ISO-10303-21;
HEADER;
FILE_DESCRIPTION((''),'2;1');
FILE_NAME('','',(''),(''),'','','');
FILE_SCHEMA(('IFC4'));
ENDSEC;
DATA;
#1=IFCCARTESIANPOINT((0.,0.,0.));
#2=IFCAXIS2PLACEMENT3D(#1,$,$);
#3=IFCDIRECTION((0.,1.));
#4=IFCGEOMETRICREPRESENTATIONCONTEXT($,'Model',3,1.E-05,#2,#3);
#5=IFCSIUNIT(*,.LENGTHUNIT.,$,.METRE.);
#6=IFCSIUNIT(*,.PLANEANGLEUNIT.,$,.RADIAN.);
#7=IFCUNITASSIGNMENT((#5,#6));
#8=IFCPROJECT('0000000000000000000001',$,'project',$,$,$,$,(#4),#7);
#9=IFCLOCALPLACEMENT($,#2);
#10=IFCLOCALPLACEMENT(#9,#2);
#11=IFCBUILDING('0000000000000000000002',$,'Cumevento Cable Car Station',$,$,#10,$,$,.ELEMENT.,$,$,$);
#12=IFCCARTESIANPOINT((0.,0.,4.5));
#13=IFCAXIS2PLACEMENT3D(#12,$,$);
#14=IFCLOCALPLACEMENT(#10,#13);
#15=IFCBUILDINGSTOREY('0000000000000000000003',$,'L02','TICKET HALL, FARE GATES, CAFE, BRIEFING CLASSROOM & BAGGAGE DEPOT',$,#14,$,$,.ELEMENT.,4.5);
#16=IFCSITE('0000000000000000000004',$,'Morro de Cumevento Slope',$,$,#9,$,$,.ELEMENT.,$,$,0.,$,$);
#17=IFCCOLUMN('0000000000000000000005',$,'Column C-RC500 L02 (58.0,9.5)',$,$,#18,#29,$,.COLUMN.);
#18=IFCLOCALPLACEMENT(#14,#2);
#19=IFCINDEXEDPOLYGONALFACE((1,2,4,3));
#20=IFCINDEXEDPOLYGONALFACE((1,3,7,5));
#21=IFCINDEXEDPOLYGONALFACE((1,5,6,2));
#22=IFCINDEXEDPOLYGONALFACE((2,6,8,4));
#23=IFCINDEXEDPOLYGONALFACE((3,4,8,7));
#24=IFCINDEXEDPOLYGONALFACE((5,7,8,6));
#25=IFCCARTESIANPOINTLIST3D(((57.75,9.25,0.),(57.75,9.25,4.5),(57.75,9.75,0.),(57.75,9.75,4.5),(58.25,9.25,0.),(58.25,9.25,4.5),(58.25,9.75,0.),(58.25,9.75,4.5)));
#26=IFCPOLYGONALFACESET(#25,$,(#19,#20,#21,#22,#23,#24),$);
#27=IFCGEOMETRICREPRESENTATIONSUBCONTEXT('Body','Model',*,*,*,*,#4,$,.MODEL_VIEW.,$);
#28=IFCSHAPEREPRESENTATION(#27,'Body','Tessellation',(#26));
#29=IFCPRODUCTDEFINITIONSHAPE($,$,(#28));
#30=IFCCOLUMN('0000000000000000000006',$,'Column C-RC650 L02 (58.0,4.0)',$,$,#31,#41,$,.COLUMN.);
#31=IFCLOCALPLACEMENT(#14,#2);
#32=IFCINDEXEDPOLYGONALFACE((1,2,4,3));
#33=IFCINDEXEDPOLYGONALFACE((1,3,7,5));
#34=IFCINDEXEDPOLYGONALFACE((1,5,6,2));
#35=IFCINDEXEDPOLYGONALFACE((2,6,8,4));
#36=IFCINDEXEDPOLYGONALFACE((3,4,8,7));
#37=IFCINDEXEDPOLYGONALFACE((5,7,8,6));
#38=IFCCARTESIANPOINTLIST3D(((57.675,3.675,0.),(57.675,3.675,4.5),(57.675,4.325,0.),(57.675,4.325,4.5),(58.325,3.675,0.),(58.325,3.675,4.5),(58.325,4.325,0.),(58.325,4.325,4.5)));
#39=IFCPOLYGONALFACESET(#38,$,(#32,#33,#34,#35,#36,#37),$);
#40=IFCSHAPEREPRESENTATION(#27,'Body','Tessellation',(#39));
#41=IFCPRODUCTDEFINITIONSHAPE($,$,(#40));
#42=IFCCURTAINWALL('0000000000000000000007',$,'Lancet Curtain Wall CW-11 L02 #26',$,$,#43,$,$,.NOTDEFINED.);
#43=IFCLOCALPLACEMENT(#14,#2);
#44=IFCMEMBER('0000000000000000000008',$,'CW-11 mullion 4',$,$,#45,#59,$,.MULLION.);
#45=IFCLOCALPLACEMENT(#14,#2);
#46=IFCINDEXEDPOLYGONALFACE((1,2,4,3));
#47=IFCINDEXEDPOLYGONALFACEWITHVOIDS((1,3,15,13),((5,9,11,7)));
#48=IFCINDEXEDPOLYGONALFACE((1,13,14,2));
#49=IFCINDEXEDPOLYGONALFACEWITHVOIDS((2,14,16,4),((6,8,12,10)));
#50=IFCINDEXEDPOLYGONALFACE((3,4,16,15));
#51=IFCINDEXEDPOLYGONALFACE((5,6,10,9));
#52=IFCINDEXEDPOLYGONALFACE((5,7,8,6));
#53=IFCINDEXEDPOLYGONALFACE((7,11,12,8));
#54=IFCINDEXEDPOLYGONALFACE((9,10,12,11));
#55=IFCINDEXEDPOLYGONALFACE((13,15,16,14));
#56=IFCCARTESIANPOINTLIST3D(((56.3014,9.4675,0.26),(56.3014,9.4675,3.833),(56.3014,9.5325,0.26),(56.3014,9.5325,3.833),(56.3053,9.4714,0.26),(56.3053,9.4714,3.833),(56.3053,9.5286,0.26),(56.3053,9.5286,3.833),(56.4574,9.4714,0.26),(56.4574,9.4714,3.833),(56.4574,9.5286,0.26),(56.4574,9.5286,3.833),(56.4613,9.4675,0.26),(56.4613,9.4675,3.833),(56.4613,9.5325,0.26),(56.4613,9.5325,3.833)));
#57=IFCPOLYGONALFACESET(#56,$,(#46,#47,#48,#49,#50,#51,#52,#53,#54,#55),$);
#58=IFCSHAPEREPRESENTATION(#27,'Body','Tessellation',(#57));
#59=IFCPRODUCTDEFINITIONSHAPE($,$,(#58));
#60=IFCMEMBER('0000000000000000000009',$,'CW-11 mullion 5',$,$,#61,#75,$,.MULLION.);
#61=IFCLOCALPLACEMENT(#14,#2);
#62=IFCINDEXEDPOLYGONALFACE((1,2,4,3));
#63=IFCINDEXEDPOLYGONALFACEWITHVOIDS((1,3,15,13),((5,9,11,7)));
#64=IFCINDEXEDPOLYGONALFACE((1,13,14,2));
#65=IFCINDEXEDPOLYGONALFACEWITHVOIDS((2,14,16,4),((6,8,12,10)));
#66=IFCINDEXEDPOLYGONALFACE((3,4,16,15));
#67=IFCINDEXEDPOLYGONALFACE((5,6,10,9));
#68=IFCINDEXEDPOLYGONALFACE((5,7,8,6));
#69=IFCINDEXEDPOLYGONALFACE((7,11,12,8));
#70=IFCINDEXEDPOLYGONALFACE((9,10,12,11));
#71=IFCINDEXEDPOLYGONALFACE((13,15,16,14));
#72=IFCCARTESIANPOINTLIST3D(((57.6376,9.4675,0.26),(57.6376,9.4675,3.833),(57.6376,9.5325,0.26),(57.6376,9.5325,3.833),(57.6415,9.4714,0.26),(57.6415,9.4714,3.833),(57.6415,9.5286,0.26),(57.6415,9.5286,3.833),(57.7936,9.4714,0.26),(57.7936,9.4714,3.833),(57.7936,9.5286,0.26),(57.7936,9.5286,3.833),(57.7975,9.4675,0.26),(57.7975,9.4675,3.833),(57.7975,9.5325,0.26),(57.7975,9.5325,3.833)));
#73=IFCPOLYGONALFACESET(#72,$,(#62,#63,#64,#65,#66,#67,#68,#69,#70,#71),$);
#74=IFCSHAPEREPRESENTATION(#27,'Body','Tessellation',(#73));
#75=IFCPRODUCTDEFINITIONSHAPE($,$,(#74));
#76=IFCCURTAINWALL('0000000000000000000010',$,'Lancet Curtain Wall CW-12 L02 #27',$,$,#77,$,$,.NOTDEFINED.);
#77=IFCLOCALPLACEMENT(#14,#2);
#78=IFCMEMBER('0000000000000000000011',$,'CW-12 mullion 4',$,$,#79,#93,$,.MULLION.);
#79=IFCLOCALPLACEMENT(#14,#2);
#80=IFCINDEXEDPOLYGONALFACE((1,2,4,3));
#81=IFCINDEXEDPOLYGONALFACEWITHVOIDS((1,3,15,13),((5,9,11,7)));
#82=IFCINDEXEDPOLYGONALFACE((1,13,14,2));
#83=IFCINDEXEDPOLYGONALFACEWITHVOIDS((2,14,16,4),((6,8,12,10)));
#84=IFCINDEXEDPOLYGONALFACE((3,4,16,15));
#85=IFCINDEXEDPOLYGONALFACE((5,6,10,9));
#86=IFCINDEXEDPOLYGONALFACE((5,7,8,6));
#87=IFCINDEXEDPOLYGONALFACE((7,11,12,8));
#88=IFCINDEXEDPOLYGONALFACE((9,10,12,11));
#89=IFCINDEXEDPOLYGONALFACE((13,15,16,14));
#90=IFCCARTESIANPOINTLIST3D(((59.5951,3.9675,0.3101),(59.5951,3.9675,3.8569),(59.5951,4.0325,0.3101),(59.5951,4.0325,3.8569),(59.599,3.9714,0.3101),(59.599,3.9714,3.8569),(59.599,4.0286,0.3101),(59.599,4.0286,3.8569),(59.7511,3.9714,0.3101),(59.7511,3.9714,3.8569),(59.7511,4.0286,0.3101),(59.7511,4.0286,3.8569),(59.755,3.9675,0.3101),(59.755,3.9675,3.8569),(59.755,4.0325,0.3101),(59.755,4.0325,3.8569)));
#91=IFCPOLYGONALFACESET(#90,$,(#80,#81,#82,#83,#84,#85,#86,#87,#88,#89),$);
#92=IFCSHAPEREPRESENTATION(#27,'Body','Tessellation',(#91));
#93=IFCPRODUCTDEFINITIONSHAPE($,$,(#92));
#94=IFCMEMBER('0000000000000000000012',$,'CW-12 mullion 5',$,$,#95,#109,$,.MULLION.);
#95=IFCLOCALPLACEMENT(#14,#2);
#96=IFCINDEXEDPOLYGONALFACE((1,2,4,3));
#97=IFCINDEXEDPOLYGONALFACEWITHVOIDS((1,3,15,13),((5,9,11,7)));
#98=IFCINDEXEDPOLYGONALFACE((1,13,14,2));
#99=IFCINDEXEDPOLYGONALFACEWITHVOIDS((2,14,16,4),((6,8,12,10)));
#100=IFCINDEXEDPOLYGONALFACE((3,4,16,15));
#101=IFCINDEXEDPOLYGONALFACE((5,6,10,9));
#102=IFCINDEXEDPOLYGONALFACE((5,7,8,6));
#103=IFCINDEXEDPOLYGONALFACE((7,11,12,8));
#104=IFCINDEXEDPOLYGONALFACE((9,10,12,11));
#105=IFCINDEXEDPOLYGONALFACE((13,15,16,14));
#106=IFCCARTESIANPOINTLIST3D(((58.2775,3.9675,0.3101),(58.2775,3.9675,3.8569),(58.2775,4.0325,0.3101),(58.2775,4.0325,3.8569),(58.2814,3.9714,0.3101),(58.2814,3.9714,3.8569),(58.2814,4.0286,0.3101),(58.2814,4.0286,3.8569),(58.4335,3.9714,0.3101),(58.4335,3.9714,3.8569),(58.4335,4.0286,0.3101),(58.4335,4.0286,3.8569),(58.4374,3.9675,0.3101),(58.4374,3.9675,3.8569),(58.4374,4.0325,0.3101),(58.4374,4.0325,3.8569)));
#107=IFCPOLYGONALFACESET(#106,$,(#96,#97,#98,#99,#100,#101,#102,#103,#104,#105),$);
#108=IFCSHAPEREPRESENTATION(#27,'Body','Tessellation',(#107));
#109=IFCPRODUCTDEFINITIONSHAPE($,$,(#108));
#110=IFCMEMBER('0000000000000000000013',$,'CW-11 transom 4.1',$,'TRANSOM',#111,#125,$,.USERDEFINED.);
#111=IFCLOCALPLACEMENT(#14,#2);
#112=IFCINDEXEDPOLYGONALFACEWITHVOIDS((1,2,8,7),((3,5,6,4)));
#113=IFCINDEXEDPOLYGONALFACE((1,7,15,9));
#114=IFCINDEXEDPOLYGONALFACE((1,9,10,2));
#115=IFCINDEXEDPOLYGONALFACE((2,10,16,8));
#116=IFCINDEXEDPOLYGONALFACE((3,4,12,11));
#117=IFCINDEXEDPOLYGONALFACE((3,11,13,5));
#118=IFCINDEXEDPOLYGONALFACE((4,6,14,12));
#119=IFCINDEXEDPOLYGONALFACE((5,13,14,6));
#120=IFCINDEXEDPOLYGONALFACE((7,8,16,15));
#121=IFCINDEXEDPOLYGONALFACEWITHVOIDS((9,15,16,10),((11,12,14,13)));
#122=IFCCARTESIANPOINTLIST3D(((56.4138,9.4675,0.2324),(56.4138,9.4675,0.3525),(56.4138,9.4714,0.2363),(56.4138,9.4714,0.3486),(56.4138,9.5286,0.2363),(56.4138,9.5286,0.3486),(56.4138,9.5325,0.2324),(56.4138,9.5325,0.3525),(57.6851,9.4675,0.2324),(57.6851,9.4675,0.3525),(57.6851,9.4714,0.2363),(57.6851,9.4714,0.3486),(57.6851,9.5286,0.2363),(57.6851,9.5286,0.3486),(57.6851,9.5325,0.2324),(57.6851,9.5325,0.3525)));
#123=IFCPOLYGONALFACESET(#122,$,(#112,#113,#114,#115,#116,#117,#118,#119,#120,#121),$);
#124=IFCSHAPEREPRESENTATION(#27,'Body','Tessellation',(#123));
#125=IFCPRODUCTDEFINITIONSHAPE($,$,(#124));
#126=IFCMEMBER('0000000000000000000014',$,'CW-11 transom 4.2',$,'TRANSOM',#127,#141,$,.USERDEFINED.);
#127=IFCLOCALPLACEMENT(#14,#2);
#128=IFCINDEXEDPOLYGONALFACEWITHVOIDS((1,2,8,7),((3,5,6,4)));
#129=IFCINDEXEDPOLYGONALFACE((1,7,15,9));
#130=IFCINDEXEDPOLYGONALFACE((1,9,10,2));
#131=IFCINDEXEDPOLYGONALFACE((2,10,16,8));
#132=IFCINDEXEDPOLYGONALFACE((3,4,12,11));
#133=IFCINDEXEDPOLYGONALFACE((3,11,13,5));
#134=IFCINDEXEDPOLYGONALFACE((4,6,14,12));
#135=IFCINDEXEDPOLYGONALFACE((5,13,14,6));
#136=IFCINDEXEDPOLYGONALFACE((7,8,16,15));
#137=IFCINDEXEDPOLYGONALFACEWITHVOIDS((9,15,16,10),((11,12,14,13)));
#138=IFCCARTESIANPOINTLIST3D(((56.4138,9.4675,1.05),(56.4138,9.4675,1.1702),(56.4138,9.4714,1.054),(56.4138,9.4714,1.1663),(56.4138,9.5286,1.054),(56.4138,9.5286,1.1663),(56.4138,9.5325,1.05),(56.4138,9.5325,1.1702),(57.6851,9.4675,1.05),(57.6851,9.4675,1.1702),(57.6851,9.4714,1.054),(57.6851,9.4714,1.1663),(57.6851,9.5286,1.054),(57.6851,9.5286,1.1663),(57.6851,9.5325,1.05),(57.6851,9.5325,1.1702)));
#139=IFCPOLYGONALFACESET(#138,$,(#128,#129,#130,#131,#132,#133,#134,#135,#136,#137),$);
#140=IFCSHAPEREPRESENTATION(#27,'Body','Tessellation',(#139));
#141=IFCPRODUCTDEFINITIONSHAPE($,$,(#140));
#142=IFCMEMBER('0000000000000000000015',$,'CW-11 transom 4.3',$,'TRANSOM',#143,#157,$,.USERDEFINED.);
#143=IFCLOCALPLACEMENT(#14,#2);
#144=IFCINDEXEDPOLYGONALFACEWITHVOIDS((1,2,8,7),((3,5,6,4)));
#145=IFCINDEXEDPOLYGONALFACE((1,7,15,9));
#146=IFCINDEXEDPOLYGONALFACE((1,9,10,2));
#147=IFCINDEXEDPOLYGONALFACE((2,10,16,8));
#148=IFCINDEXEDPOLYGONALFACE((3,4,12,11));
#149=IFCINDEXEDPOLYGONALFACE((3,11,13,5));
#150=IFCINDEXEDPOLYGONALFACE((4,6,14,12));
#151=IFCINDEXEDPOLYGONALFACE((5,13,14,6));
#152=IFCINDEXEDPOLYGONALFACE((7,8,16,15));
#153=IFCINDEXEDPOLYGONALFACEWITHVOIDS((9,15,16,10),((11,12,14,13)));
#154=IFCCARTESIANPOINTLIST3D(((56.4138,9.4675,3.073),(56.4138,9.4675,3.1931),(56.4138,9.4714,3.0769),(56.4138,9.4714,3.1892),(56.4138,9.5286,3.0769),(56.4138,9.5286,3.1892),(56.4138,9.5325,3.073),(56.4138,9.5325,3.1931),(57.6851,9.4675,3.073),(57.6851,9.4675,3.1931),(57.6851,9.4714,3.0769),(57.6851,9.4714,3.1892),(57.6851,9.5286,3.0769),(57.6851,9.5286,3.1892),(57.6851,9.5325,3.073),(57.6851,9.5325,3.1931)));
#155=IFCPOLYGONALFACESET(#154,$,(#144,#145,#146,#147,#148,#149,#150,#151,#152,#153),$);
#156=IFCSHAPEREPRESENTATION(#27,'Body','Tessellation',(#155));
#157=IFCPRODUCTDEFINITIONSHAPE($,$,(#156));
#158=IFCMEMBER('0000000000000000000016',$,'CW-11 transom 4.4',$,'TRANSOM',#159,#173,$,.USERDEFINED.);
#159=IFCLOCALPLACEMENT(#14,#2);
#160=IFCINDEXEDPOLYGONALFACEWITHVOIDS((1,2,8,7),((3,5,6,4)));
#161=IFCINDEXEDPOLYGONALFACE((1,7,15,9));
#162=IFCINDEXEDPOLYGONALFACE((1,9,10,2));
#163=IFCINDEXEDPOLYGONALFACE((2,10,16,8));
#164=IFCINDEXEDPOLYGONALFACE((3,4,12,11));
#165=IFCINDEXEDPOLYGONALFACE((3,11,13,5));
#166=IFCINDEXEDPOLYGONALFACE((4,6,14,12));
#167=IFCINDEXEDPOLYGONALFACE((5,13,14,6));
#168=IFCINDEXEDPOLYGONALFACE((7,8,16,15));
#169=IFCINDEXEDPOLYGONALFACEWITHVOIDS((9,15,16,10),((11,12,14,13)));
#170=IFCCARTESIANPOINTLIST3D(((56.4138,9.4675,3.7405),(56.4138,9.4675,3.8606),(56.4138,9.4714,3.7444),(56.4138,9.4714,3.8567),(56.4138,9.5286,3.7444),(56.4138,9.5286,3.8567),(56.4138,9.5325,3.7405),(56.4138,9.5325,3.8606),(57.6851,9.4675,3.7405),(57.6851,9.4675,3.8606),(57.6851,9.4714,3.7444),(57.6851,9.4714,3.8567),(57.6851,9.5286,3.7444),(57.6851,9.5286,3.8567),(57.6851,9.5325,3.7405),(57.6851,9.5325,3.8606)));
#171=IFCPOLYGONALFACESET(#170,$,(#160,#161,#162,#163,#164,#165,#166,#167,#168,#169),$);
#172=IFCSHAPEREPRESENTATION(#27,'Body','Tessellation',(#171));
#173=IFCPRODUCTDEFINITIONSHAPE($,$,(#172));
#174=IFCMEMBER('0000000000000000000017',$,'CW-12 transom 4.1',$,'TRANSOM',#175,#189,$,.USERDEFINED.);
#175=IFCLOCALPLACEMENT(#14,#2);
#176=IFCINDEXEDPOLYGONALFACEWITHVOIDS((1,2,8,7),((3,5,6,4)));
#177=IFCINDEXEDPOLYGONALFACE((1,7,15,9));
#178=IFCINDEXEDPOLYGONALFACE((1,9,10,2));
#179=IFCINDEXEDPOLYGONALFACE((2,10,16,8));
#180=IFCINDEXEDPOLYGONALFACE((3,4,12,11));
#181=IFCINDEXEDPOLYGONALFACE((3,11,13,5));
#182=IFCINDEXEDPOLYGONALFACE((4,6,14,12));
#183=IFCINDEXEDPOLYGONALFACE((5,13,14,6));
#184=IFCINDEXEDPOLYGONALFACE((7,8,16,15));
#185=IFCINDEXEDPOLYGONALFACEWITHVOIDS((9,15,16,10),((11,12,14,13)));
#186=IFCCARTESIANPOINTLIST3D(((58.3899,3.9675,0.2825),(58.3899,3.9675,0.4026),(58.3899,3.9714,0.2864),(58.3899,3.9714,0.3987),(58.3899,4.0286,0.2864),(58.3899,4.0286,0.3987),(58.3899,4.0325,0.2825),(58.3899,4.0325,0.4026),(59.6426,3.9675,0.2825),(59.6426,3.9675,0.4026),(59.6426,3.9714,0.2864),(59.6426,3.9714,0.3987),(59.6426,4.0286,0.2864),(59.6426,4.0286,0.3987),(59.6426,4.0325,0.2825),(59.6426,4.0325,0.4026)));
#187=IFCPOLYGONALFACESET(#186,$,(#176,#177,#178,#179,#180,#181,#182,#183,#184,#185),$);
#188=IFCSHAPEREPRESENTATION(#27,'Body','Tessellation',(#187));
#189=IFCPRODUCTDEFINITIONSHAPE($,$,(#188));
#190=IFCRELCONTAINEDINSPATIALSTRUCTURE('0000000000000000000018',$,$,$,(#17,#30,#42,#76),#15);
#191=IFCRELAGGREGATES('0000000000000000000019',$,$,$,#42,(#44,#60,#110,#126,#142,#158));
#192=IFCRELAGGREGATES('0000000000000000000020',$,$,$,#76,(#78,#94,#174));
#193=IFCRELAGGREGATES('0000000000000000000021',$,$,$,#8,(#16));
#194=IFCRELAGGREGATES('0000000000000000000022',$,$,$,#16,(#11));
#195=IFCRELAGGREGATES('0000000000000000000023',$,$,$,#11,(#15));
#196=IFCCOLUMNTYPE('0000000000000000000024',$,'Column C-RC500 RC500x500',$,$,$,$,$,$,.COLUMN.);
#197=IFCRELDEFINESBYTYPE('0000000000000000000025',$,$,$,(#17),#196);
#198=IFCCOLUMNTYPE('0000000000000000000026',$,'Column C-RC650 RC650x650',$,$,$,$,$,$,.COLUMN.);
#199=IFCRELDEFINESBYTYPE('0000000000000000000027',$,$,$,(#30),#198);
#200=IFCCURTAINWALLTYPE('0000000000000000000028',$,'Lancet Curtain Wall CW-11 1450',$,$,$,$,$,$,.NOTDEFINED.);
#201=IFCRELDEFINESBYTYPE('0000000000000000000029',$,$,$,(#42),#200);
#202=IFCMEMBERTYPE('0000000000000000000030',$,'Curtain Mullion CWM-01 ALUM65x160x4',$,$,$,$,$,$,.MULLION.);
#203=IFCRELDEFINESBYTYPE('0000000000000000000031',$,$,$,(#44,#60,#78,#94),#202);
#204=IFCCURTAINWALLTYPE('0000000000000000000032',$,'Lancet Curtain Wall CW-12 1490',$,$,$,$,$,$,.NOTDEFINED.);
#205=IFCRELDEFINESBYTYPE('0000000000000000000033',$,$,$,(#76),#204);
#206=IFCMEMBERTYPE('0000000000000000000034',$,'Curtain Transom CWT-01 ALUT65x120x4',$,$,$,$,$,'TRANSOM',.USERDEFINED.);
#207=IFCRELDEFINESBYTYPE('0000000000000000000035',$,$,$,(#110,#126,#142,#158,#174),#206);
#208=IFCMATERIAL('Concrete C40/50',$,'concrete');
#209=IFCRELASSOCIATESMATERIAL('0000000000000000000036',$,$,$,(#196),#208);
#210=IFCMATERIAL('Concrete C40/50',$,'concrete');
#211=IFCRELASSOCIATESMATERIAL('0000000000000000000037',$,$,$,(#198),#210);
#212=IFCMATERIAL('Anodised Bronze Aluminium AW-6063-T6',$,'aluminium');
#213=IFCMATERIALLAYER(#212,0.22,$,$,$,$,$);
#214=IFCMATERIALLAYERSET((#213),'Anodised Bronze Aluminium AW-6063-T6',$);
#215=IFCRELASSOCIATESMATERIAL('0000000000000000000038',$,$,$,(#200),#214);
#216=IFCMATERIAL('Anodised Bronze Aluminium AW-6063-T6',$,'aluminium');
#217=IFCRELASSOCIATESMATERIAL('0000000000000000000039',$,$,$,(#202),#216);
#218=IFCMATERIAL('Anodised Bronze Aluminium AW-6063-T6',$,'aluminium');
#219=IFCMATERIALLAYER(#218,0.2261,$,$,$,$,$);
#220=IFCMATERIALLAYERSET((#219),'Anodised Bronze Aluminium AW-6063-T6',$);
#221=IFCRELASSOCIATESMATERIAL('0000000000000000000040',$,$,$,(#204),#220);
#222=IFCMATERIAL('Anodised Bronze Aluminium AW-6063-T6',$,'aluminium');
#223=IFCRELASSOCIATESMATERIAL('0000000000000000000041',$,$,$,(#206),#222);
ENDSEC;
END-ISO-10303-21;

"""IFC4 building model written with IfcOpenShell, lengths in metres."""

from ifc_helpers import new_model, si_unit, direction, frame, origin, origin_2d, place, context, subcontext, project, spatial, rectangle, hollow_rectangle, extrude, material, layer, layer_set, material_profile, profile_set, type_object, element, aggregate, save


model = new_model("IFC4")

# Units and contexts
model_context = context("Model", 3, precision=1e-05, world=origin(), true_north=direction((0.0, 1.0)))
body_context = subcontext(model_context, "Body", "Model", "MODEL_VIEW")
ifc_project = project(units=[si_unit("LENGTHUNIT", "METRE"), si_unit("PLANEANGLEUNIT", "RADIAN")], contexts=[model_context])

# Site, building, storey
site_placement = place(None, origin())
site = spatial("IfcSite", under=ifc_project, at=site_placement, Name="Morro de Cumevento Slope", CompositionType="ELEMENT", RefElevation=0.0)
building_placement = place(site_placement, origin())
building = spatial("IfcBuilding", under=site, at=building_placement, Name="Cumevento Cable Car Station", CompositionType="ELEMENT")
storey_placement = place(building_placement, frame((0.0, 0.0, 4.5)))
storey = spatial("IfcBuildingStorey", under=building, at=storey_placement, Name="L02", Description="TICKET HALL, FARE GATES, CAFE, BRIEFING CLASSROOM & BAGGAGE DEPOT", CompositionType="ELEMENT", Elevation=4.5)

# Columns
ifc_material_1 = material(Name="Concrete C40/50", Category="concrete")
ifc_material_profile_1 = material_profile(ifc_material_1, rectangle(XDim=0.5, YDim=0.5, at=origin_2d()), Name="RC500x500")
ifc_profile_set_1 = profile_set([ifc_material_profile_1], Name="Concrete C40/50")
column_type_1 = type_object("IfcColumnType", Name="Column C-RC500 RC500x500", PredefinedType="COLUMN", material=ifc_profile_set_1)
column_1_placement = place(storey_placement, frame((58.0, 9.5, 0.0), z_axis=(0.0, 0.0, 1.0), x_axis=(1.0, 0.0, 0.0)))
element("IfcColumn", 1, at=column_1_placement, inside=storey, type_object=column_type_1, Name="Column C-RC500 L02 (58.0,9.5)", PredefinedType="COLUMN", context=body_context, shape_type="SweptSolid", body=[
    extrude(rectangle(XDim=0.5, YDim=0.5, at=origin_2d()), origin(), (0.0, 0.0, 1.0), 4.5),
])
ifc_material_2 = material(Name="Concrete C40/50", Category="concrete")
ifc_material_profile_2 = material_profile(ifc_material_2, rectangle(XDim=0.6499, YDim=0.6499, at=origin_2d()), Name="RC650x650")
ifc_profile_set_2 = profile_set([ifc_material_profile_2], Name="Concrete C40/50")
column_type_2 = type_object("IfcColumnType", Name="Column C-RC650 RC650x650", PredefinedType="COLUMN", material=ifc_profile_set_2)
column_2_placement = place(storey_placement, frame((58.0, 4.0, 0.0), z_axis=(0.0, 0.0, 1.0), x_axis=(1.0, 0.0, 0.0)))
element("IfcColumn", 2, at=column_2_placement, inside=storey, type_object=column_type_2, Name="Column C-RC650 L02 (58.0,4.0)", PredefinedType="COLUMN", context=body_context, shape_type="SweptSolid", body=[
    extrude(rectangle(XDim=0.6499, YDim=0.6499, at=origin_2d()), origin(), (0.0, 0.0, 1.0), 4.5),
])

# Curtain walls, members
ifc_material_3 = material(Name="Anodised Bronze Aluminium AW-6063-T6", Category="aluminium")
ifc_layer_1 = layer(ifc_material_3, 0.22)
ifc_layer_set_1 = layer_set([ifc_layer_1], Name="Anodised Bronze Aluminium AW-6063-T6")
curtain_wall_type_1 = type_object("IfcCurtainWallType", Name="Lancet Curtain Wall CW-11 1450", PredefinedType="NOTDEFINED", material=ifc_layer_set_1)
curtain_wall_1_placement = place(storey_placement, origin())
curtain_wall_1 = element("IfcCurtainWall", 3, at=curtain_wall_1_placement, inside=storey, type_object=curtain_wall_type_1, Name="Lancet Curtain Wall CW-11 L02 #26", PredefinedType="NOTDEFINED")
ifc_material_4 = material(Name="Anodised Bronze Aluminium AW-6063-T6", Category="aluminium")
ifc_material_profile_3 = material_profile(ifc_material_4, hollow_rectangle(XDim=0.0649, YDim=0.1599, WallThickness=0.0039, at=origin_2d()), Name="ALUM65x160x4")
ifc_profile_set_3 = profile_set([ifc_material_profile_3], Name="Anodised Bronze Aluminium AW-6063-T6")
member_type_1 = type_object("IfcMemberType", Name="Curtain Mullion CWM-01 ALUM65x160x4", PredefinedType="MULLION", material=ifc_profile_set_3)
member_1_placement = place(storey_placement, frame((56.3813, 9.5, 0.26), z_axis=(0.0, 0.0, 1.0), x_axis=(0.0, 1.0, 0.0)))
member_1 = element("IfcMember", 4, at=member_1_placement, type_object=member_type_1, Name="CW-11 mullion 4", PredefinedType="MULLION", context=body_context, shape_type="SweptSolid", body=[
    extrude(hollow_rectangle(XDim=0.0649, YDim=0.1599, WallThickness=0.0039, at=origin_2d()), origin(), (0.0, 0.0, 1.0), 3.573),
])
member_2_placement = place(storey_placement, frame((57.7175, 9.5, 0.26), z_axis=(0.0, 0.0, 1.0), x_axis=(0.0, 1.0, 0.0)))
member_2 = element("IfcMember", 5, at=member_2_placement, type_object=member_type_1, Name="CW-11 mullion 5", PredefinedType="MULLION", context=body_context, shape_type="SweptSolid", body=[
    extrude(hollow_rectangle(XDim=0.0649, YDim=0.1599, WallThickness=0.0039, at=origin_2d()), origin(), (0.0, 0.0, 1.0), 3.573),
])
ifc_material_5 = material(Name="Anodised Bronze Aluminium AW-6063-T6", Category="aluminium")
ifc_layer_2 = layer(ifc_material_5, 0.2261)
ifc_layer_set_2 = layer_set([ifc_layer_2], Name="Anodised Bronze Aluminium AW-6063-T6")
curtain_wall_type_2 = type_object("IfcCurtainWallType", Name="Lancet Curtain Wall CW-12 1490", PredefinedType="NOTDEFINED", material=ifc_layer_set_2)
curtain_wall_2_placement = place(storey_placement, origin())
curtain_wall_2 = element("IfcCurtainWall", 6, at=curtain_wall_2_placement, inside=storey, type_object=curtain_wall_type_2, Name="Lancet Curtain Wall CW-12 L02 #27", PredefinedType="NOTDEFINED")
member_3_placement = place(storey_placement, frame((59.675, 4.0, 0.3101), z_axis=(0.0, 0.0, 1.0), x_axis=(0.0, -1.0, 0.0)))
member_3 = element("IfcMember", 7, at=member_3_placement, type_object=member_type_1, Name="CW-12 mullion 4", PredefinedType="MULLION", context=body_context, shape_type="SweptSolid", body=[
    extrude(hollow_rectangle(XDim=0.0649, YDim=0.1599, WallThickness=0.0039, at=origin_2d()), origin(), (0.0, 0.0, 1.0), 3.5469),
])
member_4_placement = place(storey_placement, frame((58.3574, 4.0, 0.3101), z_axis=(0.0, 0.0, 1.0), x_axis=(0.0, -1.0, 0.0)))
member_4 = element("IfcMember", 8, at=member_4_placement, type_object=member_type_1, Name="CW-12 mullion 5", PredefinedType="MULLION", context=body_context, shape_type="SweptSolid", body=[
    extrude(hollow_rectangle(XDim=0.0649, YDim=0.1599, WallThickness=0.0039, at=origin_2d()), origin(), (0.0, 0.0, 1.0), 3.5469),
])

# Members
ifc_material_6 = material(Name="Anodised Bronze Aluminium AW-6063-T6", Category="aluminium")
ifc_material_profile_4 = material_profile(ifc_material_6, hollow_rectangle(XDim=0.0649, YDim=0.1201, WallThickness=0.0039, at=origin_2d()), Name="ALUT65x120x4")
ifc_profile_set_4 = profile_set([ifc_material_profile_4], Name="Anodised Bronze Aluminium AW-6063-T6")
member_type_2 = type_object("IfcMemberType", Name="Curtain Transom CWT-01 ALUT65x120x4", ElementType="TRANSOM", PredefinedType="USERDEFINED", material=ifc_profile_set_4)
member_5_placement = place(storey_placement, frame((56.4138, 9.5, 0.2925), z_axis=(1.0, 0.0, 0.0), x_axis=(0.0, 1.0, 0.0)))
member_5 = element("IfcMember", 9, at=member_5_placement, type_object=member_type_2, Name="CW-11 transom 4.1", ObjectType="TRANSOM", PredefinedType="USERDEFINED", context=body_context, shape_type="SweptSolid", body=[
    extrude(hollow_rectangle(XDim=0.0649, YDim=0.1201, WallThickness=0.0039, at=origin_2d()), origin(), (0.0, 0.0, 1.0), 1.2712),
])
member_6_placement = place(storey_placement, frame((56.4138, 9.5, 1.1101), z_axis=(1.0, 0.0, 0.0), x_axis=(0.0, 1.0, 0.0)))
member_6 = element("IfcMember", 10, at=member_6_placement, type_object=member_type_2, Name="CW-11 transom 4.2", ObjectType="TRANSOM", PredefinedType="USERDEFINED", context=body_context, shape_type="SweptSolid", body=[
    extrude(hollow_rectangle(XDim=0.0649, YDim=0.1201, WallThickness=0.0039, at=origin_2d()), origin(), (0.0, 0.0, 1.0), 1.2712),
])
member_7_placement = place(storey_placement, frame((56.4138, 9.5, 3.1331), z_axis=(1.0, 0.0, 0.0), x_axis=(0.0, 1.0, 0.0)))
member_7 = element("IfcMember", 11, at=member_7_placement, type_object=member_type_2, Name="CW-11 transom 4.3", ObjectType="TRANSOM", PredefinedType="USERDEFINED", context=body_context, shape_type="SweptSolid", body=[
    extrude(hollow_rectangle(XDim=0.0649, YDim=0.1201, WallThickness=0.0039, at=origin_2d()), origin(), (0.0, 0.0, 1.0), 1.2712),
])
member_8_placement = place(storey_placement, frame((56.4138, 9.5, 3.8005), z_axis=(1.0, 0.0, 0.0), x_axis=(0.0, 1.0, 0.0)))
member_8 = element("IfcMember", 12, at=member_8_placement, type_object=member_type_2, Name="CW-11 transom 4.4", ObjectType="TRANSOM", PredefinedType="USERDEFINED", context=body_context, shape_type="SweptSolid", body=[
    extrude(hollow_rectangle(XDim=0.0649, YDim=0.1201, WallThickness=0.0039, at=origin_2d()), origin(), (0.0, 0.0, 1.0), 1.2712),
])
member_9_placement = place(storey_placement, frame((59.6426, 4.0, 0.3425), z_axis=(-1.0, 0.0, 0.0), x_axis=(0.0, -1.0, 0.0)))
member_9 = element("IfcMember", 13, at=member_9_placement, type_object=member_type_2, Name="CW-12 transom 4.1", ObjectType="TRANSOM", PredefinedType="USERDEFINED", context=body_context, shape_type="SweptSolid", body=[
    extrude(hollow_rectangle(XDim=0.0649, YDim=0.1201, WallThickness=0.0039, at=origin_2d()), origin(), (0.0, 0.0, 1.0), 1.2527),
])

aggregate(curtain_wall_1, [member_1, member_2, member_5, member_6, member_7, member_8])
aggregate(curtain_wall_2, [member_3, member_4, member_9])

save(model, "model.ifc")
